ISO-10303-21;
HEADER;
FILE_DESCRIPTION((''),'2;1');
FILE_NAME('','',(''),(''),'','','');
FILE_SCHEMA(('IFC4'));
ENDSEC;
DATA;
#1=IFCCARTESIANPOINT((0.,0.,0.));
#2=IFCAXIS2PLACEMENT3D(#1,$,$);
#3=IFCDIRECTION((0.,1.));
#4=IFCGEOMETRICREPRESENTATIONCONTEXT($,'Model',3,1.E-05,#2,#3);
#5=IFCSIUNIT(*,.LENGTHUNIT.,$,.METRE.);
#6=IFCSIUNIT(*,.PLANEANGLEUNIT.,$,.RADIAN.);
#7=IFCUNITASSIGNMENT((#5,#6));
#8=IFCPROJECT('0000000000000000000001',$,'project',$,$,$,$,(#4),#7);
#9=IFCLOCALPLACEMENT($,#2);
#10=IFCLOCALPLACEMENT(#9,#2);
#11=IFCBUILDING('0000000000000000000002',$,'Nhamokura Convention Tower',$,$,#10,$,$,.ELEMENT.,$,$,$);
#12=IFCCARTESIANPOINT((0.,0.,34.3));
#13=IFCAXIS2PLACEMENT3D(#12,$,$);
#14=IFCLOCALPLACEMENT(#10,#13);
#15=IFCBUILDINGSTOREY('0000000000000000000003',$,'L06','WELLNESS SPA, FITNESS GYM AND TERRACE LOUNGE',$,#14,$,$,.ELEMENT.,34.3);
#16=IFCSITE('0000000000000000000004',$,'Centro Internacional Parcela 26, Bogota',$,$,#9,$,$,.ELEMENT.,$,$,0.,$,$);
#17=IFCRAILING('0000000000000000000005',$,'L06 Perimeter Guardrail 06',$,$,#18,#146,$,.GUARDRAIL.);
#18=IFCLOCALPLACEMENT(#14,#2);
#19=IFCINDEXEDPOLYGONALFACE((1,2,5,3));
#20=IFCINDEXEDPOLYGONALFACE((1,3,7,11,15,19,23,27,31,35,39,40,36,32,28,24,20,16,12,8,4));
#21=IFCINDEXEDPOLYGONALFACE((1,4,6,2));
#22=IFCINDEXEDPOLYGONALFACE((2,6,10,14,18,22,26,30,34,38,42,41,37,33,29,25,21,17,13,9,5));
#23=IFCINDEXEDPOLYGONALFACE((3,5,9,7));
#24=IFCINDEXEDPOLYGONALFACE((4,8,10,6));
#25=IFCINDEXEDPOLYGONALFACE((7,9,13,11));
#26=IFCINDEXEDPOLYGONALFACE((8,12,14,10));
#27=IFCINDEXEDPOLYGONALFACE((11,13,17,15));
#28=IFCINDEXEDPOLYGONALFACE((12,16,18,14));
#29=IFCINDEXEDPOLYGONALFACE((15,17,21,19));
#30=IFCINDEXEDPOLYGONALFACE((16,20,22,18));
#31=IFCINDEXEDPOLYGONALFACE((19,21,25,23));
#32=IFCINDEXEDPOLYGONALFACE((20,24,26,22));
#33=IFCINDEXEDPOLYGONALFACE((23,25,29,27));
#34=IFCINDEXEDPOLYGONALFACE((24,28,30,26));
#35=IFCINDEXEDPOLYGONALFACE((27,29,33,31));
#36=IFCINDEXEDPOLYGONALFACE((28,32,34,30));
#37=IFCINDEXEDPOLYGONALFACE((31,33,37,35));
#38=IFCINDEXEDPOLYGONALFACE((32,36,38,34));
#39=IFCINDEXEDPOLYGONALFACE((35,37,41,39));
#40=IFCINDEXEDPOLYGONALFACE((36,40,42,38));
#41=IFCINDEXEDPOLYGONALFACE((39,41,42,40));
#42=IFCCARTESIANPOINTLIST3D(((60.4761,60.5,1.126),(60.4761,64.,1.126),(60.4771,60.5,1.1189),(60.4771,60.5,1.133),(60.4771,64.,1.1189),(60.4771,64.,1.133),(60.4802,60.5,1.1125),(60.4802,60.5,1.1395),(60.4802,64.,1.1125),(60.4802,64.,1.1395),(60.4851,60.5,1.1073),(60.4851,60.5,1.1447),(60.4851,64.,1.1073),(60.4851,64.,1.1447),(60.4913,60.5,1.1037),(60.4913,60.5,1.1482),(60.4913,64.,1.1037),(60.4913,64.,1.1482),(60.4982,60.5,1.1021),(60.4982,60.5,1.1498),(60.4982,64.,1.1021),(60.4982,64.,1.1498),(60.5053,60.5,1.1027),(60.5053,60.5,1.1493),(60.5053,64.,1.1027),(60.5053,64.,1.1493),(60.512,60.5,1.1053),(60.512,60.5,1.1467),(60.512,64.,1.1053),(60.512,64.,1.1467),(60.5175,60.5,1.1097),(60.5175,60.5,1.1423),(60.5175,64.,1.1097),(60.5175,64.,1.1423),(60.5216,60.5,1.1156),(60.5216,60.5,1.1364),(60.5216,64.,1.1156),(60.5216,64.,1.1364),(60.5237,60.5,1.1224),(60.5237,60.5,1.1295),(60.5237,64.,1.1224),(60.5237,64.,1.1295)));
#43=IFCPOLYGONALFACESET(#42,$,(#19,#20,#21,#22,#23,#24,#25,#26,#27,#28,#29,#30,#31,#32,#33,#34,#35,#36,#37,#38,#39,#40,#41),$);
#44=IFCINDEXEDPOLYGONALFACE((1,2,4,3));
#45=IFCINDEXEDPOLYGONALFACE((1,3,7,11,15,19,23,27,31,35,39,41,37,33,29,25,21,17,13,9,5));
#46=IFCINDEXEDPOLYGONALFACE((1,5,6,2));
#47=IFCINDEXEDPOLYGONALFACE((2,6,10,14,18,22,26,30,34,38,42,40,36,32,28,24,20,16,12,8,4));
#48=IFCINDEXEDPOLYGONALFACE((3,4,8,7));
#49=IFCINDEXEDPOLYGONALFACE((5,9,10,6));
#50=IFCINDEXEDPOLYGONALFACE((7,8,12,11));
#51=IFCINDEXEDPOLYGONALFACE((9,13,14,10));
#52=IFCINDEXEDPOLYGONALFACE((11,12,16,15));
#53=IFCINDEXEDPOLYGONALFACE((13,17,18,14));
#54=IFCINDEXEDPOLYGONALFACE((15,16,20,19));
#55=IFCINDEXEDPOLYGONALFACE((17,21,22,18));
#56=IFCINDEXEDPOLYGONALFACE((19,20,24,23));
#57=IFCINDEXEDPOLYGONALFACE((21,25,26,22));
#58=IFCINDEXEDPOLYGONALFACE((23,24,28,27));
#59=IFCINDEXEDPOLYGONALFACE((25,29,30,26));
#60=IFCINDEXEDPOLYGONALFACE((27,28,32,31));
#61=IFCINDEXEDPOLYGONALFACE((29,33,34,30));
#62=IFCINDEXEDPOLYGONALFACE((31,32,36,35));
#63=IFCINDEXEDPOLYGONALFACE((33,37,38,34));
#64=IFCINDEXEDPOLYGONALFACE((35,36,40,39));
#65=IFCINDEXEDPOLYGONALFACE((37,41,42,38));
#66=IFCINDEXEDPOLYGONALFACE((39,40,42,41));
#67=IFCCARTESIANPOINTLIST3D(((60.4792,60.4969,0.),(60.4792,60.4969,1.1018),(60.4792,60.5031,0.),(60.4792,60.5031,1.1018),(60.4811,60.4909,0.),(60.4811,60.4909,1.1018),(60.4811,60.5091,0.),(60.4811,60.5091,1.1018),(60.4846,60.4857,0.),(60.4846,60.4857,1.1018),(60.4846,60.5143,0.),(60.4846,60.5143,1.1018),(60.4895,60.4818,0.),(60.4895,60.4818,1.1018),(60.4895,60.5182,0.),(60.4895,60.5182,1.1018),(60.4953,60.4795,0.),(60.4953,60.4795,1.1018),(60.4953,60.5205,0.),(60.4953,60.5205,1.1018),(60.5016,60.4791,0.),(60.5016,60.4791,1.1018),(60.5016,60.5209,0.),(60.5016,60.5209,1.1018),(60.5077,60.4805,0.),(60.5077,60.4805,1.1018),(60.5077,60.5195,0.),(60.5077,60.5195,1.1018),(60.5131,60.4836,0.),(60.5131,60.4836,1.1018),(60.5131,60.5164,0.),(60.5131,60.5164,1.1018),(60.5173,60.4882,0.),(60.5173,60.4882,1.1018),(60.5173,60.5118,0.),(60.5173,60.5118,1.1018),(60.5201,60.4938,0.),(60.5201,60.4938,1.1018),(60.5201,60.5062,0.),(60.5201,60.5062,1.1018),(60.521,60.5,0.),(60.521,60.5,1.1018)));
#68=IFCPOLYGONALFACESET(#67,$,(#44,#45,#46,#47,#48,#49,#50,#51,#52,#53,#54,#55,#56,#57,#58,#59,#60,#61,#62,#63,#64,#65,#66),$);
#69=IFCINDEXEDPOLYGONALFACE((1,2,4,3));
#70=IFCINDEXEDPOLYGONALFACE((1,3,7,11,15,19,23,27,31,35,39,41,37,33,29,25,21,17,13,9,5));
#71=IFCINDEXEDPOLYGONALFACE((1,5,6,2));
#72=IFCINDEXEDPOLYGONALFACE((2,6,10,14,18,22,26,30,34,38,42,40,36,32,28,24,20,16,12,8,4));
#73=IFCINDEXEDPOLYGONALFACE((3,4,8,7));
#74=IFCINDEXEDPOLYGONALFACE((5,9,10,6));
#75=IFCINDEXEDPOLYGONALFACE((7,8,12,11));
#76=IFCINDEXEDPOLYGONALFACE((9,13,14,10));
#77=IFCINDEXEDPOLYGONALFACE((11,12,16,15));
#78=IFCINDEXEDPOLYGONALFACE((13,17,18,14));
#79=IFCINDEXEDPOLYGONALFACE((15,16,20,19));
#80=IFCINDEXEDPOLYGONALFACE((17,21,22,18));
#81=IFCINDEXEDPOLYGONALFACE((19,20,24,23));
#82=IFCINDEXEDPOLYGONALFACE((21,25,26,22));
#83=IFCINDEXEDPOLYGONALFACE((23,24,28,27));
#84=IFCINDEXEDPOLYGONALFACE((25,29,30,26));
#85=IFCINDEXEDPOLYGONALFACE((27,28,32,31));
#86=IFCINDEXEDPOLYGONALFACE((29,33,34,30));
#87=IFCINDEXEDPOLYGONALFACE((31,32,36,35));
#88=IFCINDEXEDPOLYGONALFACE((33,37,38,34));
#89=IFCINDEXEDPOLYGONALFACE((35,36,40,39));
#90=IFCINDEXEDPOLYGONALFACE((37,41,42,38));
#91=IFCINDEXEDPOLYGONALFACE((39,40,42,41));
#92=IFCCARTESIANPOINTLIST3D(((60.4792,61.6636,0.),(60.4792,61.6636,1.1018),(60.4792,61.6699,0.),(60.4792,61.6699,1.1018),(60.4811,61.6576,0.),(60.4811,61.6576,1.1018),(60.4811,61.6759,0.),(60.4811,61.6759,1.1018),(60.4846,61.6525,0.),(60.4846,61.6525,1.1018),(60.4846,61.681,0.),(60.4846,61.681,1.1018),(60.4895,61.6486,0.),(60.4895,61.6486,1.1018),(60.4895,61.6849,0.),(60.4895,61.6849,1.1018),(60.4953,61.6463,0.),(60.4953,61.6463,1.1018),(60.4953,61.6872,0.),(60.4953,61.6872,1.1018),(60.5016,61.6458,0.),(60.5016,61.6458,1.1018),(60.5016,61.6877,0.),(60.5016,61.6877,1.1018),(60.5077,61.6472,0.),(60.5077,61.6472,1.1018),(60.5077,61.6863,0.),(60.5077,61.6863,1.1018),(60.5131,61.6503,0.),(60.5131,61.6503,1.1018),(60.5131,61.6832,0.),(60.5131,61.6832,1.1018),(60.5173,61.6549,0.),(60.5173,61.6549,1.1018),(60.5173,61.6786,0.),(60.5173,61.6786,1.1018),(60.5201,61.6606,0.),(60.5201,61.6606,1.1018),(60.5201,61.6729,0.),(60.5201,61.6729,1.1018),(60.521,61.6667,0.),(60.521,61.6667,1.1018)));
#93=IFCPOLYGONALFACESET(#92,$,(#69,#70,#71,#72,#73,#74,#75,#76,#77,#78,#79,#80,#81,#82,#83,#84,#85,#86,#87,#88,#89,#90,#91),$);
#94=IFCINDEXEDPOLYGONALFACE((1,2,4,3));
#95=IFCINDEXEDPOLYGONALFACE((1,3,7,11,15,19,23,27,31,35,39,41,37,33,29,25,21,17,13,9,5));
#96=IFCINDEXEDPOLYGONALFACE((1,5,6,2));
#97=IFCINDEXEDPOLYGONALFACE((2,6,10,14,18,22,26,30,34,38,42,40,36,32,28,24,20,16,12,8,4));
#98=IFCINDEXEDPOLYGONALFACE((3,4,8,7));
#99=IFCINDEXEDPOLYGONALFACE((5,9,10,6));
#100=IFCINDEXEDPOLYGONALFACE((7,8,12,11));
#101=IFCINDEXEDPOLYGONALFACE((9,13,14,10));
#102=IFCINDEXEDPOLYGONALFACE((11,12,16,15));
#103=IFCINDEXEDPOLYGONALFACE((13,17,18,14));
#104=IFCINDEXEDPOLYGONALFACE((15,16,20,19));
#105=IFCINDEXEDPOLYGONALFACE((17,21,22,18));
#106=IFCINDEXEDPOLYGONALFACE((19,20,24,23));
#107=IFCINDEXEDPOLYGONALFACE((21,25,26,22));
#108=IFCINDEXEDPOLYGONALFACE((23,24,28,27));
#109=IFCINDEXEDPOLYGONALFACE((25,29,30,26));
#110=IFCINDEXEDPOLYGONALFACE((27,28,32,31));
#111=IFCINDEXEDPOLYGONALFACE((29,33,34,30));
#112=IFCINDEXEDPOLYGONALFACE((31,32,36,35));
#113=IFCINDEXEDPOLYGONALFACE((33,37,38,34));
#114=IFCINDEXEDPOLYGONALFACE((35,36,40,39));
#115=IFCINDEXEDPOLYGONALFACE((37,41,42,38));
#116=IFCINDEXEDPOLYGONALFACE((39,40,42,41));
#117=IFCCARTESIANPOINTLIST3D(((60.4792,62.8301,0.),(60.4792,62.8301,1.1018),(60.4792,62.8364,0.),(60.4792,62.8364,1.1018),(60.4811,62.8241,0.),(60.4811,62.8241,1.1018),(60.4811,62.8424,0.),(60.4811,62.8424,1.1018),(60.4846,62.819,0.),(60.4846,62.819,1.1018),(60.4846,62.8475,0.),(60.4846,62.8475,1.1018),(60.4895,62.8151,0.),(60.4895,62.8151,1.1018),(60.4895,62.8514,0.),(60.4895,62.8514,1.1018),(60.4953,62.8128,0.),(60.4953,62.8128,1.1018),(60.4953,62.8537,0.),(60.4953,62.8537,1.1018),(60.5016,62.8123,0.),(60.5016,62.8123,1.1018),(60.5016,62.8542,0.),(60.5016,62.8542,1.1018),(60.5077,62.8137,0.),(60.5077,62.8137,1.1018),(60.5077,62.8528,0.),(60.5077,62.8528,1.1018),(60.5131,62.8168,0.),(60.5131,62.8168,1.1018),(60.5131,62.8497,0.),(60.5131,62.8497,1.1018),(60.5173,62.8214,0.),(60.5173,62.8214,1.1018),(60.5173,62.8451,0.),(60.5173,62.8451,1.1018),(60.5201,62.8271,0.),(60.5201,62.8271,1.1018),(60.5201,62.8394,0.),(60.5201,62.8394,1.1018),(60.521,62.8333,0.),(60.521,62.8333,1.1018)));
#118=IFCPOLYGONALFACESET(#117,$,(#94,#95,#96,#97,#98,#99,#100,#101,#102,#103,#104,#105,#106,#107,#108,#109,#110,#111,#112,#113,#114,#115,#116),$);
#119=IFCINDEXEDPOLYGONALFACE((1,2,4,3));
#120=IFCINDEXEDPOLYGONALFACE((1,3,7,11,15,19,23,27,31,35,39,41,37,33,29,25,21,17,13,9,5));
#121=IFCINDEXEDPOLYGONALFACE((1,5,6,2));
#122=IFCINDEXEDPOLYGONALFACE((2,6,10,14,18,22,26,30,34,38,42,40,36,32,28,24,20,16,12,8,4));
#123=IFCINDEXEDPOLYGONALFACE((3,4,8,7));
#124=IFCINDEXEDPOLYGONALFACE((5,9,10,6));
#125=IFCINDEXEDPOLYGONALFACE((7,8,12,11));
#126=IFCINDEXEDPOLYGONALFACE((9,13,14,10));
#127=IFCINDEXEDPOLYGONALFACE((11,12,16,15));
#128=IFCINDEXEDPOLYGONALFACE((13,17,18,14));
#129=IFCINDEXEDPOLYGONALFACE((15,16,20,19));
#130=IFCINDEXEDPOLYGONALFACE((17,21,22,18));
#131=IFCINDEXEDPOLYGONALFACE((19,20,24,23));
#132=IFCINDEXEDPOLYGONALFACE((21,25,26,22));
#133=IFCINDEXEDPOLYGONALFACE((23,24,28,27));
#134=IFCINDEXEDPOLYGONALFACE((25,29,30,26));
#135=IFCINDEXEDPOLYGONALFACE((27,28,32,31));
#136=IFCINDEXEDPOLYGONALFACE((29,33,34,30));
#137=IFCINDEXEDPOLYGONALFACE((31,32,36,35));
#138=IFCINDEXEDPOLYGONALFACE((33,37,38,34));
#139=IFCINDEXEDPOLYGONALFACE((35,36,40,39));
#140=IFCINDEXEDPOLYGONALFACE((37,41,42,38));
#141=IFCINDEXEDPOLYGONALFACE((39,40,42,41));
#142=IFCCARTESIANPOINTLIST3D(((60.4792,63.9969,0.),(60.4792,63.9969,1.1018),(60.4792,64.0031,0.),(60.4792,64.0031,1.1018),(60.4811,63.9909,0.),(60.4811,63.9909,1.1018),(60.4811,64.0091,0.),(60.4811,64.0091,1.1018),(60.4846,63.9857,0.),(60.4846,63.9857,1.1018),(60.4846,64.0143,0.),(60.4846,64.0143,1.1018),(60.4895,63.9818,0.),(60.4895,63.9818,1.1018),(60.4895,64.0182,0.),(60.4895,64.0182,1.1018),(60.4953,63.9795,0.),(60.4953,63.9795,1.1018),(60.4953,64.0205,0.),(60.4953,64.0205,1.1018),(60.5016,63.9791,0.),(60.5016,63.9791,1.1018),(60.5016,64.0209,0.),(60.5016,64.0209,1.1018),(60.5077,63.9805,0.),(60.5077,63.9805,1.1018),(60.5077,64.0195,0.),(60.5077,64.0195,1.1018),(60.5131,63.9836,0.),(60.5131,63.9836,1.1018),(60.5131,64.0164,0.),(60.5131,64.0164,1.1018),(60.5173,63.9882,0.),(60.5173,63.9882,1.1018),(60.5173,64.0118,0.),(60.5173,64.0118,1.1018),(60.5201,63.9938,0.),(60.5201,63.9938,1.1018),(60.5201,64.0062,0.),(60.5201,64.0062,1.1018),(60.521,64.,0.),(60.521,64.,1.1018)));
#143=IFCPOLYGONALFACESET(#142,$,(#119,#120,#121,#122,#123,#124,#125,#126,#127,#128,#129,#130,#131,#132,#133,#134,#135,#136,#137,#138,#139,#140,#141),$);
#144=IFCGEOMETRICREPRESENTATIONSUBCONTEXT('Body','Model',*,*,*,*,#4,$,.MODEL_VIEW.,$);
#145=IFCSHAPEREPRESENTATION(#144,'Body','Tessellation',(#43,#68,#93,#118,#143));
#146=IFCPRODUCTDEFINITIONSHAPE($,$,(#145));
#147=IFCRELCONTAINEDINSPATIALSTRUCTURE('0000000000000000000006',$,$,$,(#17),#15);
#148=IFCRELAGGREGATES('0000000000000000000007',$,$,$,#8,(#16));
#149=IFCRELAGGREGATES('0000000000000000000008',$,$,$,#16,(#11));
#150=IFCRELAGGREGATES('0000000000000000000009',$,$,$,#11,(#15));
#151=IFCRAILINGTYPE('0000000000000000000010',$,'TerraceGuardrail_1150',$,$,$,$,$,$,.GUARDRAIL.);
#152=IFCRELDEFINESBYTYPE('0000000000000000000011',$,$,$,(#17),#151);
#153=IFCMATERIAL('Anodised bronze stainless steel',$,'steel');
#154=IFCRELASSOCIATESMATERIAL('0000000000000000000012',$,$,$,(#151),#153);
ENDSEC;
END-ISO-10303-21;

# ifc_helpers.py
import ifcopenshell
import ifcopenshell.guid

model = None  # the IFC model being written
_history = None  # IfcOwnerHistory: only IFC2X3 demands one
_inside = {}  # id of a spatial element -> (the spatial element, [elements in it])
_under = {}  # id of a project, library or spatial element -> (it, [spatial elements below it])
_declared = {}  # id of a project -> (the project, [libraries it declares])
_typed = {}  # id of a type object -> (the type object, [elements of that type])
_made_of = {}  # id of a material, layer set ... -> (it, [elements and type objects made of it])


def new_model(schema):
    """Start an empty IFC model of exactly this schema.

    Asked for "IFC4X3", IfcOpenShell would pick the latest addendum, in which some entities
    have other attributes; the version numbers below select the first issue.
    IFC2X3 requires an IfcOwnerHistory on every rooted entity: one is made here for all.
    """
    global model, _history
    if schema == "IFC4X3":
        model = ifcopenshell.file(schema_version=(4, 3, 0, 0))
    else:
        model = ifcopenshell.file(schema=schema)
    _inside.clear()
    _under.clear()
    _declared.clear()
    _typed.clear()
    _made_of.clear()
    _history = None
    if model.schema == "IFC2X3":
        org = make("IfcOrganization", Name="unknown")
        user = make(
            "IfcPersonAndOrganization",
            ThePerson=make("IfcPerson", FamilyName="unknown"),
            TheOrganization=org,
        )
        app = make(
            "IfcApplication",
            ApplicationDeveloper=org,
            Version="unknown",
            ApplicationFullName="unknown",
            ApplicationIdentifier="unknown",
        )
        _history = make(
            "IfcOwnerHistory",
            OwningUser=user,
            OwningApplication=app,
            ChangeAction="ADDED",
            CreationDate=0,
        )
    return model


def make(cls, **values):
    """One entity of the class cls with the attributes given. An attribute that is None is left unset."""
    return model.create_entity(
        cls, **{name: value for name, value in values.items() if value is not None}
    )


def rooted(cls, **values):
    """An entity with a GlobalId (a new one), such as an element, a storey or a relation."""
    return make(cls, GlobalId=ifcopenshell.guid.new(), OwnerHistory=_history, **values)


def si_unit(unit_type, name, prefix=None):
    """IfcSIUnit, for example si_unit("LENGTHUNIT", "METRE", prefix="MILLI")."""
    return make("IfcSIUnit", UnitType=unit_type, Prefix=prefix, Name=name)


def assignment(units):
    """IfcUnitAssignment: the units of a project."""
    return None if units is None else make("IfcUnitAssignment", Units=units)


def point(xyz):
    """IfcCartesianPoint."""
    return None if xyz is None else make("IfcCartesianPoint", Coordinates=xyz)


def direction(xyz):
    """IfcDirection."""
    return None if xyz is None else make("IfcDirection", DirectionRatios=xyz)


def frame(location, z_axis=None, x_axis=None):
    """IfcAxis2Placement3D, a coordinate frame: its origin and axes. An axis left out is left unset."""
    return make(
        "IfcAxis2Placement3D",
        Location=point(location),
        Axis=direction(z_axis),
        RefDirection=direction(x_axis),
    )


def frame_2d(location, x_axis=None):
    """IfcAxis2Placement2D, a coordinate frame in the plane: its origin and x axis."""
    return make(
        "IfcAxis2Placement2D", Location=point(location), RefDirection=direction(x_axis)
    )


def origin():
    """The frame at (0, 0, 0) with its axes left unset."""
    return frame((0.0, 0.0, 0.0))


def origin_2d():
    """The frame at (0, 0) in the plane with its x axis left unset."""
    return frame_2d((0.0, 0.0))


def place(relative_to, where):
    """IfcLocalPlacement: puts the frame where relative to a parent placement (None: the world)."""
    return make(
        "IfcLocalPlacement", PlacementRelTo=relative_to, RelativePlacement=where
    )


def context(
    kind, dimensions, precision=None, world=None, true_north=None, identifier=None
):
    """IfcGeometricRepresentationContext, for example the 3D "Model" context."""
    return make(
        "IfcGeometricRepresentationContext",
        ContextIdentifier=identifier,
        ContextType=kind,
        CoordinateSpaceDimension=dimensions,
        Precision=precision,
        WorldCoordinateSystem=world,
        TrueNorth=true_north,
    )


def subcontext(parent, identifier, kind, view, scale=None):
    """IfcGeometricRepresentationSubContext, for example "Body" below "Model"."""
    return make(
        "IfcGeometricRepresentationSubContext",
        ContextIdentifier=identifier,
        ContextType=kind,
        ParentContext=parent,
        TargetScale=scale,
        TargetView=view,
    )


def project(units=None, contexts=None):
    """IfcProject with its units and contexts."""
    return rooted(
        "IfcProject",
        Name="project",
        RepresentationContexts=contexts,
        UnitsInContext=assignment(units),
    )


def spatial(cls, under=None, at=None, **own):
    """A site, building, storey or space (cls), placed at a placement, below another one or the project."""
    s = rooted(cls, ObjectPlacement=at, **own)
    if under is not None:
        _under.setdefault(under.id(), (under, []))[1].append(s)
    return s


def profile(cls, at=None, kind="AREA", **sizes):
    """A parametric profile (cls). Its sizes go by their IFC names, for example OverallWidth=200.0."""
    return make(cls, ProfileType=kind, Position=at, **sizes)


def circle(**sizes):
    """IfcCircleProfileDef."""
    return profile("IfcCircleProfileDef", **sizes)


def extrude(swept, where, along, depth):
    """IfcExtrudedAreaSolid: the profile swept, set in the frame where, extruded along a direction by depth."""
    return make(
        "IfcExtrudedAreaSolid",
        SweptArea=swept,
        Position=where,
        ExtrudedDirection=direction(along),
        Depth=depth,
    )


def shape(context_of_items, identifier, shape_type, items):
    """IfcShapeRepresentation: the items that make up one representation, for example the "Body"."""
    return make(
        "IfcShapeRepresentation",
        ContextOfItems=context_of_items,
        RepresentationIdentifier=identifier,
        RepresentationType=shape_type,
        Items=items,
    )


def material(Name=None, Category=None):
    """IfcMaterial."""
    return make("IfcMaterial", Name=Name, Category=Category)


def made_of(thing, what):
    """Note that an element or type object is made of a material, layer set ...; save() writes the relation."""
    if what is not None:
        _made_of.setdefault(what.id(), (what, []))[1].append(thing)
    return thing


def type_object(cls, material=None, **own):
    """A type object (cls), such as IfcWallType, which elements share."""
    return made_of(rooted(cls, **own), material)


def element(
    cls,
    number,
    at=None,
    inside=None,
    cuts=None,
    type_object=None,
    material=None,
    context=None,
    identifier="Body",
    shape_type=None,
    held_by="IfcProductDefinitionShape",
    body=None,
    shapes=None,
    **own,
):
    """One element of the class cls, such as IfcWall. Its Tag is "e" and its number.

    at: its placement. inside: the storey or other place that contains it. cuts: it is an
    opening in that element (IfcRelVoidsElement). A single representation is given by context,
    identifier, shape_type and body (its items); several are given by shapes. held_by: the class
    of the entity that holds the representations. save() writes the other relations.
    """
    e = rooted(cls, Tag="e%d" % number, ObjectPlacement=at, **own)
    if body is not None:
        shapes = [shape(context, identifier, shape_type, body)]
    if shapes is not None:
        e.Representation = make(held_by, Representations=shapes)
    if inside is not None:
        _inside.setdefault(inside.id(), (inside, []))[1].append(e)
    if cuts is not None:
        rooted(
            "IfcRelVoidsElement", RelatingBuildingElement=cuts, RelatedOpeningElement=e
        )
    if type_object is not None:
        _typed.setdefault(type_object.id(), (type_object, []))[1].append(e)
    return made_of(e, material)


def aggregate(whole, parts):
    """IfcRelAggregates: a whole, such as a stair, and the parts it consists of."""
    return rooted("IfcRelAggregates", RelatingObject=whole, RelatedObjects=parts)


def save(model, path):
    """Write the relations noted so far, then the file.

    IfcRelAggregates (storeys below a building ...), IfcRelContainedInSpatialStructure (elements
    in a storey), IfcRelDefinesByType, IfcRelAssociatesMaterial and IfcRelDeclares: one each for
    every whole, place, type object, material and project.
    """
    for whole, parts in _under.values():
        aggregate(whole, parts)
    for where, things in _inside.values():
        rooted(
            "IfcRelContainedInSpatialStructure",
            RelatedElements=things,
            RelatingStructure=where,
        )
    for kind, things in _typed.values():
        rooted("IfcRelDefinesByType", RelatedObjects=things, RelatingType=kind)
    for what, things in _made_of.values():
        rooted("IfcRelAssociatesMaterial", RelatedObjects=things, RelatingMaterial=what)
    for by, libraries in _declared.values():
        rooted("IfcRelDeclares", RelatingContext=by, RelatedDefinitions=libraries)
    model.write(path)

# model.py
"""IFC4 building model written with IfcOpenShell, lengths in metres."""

from ifc_helpers import new_model, si_unit, direction, frame, origin, origin_2d, place, context, subcontext, project, spatial, circle, extrude, material, type_object, element, save


model = new_model("IFC4")

# Units and contexts
model_context = context("Model", 3, precision=1e-05, world=origin(), true_north=direction((0.0, 1.0)))
body_context = subcontext(model_context, "Body", "Model", "MODEL_VIEW")
ifc_project = project(units=[si_unit("LENGTHUNIT", "METRE"), si_unit("PLANEANGLEUNIT", "RADIAN")], contexts=[model_context])

# Site, building, storey
site_placement = place(None, origin())
site = spatial("IfcSite", under=ifc_project, at=site_placement, Name="Centro Internacional Parcela 26, Bogota", CompositionType="ELEMENT", RefElevation=0.0)
building_placement = place(site_placement, origin())
building = spatial("IfcBuilding", under=site, at=building_placement, Name="Nhamokura Convention Tower", CompositionType="ELEMENT")
storey_placement = place(building_placement, frame((0.0, 0.0, 34.3)))
storey = spatial("IfcBuildingStorey", under=building, at=storey_placement, Name="L06", Description="WELLNESS SPA, FITNESS GYM AND TERRACE LOUNGE", CompositionType="ELEMENT", Elevation=34.3)

# Railing
ifc_material_1 = material(Name="Anodised bronze stainless steel", Category="steel")
railing_type = type_object("IfcRailingType", Name="TerraceGuardrail_1150", PredefinedType="GUARDRAIL", material=ifc_material_1)
railing_1_placement = place(storey_placement, frame((60.5, 60.5, 0.0)))
element("IfcRailing", 1, at=railing_1_placement, inside=storey, type_object=railing_type, Name="L06 Perimeter Guardrail 06", PredefinedType="GUARDRAIL", context=body_context, shape_type="SweptSolid", body=[
    extrude(circle(Radius=0.0239, at=origin_2d()), frame((0.0, 0.0, 1.126), z_axis=(0.0, 1.0, 0.0), x_axis=(-1.0, 0.0, 0.0)), (0.0, 0.0, 1.0), 3.5),
    extrude(circle(Radius=0.021, at=origin_2d()), origin(), (0.0, 0.0, 1.0), 1.1018),
    extrude(circle(Radius=0.021, at=origin_2d()), frame((0.0, 1.1667, 0.0)), (0.0, 0.0, 1.0), 1.1018),
    extrude(circle(Radius=0.021, at=origin_2d()), frame((0.0, 2.3333, 0.0)), (0.0, 0.0, 1.0), 1.1018),
    extrude(circle(Radius=0.021, at=origin_2d()), frame((0.0, 3.5, 0.0)), (0.0, 0.0, 1.0), 1.1018),
])

save(model, "model.ifc")
